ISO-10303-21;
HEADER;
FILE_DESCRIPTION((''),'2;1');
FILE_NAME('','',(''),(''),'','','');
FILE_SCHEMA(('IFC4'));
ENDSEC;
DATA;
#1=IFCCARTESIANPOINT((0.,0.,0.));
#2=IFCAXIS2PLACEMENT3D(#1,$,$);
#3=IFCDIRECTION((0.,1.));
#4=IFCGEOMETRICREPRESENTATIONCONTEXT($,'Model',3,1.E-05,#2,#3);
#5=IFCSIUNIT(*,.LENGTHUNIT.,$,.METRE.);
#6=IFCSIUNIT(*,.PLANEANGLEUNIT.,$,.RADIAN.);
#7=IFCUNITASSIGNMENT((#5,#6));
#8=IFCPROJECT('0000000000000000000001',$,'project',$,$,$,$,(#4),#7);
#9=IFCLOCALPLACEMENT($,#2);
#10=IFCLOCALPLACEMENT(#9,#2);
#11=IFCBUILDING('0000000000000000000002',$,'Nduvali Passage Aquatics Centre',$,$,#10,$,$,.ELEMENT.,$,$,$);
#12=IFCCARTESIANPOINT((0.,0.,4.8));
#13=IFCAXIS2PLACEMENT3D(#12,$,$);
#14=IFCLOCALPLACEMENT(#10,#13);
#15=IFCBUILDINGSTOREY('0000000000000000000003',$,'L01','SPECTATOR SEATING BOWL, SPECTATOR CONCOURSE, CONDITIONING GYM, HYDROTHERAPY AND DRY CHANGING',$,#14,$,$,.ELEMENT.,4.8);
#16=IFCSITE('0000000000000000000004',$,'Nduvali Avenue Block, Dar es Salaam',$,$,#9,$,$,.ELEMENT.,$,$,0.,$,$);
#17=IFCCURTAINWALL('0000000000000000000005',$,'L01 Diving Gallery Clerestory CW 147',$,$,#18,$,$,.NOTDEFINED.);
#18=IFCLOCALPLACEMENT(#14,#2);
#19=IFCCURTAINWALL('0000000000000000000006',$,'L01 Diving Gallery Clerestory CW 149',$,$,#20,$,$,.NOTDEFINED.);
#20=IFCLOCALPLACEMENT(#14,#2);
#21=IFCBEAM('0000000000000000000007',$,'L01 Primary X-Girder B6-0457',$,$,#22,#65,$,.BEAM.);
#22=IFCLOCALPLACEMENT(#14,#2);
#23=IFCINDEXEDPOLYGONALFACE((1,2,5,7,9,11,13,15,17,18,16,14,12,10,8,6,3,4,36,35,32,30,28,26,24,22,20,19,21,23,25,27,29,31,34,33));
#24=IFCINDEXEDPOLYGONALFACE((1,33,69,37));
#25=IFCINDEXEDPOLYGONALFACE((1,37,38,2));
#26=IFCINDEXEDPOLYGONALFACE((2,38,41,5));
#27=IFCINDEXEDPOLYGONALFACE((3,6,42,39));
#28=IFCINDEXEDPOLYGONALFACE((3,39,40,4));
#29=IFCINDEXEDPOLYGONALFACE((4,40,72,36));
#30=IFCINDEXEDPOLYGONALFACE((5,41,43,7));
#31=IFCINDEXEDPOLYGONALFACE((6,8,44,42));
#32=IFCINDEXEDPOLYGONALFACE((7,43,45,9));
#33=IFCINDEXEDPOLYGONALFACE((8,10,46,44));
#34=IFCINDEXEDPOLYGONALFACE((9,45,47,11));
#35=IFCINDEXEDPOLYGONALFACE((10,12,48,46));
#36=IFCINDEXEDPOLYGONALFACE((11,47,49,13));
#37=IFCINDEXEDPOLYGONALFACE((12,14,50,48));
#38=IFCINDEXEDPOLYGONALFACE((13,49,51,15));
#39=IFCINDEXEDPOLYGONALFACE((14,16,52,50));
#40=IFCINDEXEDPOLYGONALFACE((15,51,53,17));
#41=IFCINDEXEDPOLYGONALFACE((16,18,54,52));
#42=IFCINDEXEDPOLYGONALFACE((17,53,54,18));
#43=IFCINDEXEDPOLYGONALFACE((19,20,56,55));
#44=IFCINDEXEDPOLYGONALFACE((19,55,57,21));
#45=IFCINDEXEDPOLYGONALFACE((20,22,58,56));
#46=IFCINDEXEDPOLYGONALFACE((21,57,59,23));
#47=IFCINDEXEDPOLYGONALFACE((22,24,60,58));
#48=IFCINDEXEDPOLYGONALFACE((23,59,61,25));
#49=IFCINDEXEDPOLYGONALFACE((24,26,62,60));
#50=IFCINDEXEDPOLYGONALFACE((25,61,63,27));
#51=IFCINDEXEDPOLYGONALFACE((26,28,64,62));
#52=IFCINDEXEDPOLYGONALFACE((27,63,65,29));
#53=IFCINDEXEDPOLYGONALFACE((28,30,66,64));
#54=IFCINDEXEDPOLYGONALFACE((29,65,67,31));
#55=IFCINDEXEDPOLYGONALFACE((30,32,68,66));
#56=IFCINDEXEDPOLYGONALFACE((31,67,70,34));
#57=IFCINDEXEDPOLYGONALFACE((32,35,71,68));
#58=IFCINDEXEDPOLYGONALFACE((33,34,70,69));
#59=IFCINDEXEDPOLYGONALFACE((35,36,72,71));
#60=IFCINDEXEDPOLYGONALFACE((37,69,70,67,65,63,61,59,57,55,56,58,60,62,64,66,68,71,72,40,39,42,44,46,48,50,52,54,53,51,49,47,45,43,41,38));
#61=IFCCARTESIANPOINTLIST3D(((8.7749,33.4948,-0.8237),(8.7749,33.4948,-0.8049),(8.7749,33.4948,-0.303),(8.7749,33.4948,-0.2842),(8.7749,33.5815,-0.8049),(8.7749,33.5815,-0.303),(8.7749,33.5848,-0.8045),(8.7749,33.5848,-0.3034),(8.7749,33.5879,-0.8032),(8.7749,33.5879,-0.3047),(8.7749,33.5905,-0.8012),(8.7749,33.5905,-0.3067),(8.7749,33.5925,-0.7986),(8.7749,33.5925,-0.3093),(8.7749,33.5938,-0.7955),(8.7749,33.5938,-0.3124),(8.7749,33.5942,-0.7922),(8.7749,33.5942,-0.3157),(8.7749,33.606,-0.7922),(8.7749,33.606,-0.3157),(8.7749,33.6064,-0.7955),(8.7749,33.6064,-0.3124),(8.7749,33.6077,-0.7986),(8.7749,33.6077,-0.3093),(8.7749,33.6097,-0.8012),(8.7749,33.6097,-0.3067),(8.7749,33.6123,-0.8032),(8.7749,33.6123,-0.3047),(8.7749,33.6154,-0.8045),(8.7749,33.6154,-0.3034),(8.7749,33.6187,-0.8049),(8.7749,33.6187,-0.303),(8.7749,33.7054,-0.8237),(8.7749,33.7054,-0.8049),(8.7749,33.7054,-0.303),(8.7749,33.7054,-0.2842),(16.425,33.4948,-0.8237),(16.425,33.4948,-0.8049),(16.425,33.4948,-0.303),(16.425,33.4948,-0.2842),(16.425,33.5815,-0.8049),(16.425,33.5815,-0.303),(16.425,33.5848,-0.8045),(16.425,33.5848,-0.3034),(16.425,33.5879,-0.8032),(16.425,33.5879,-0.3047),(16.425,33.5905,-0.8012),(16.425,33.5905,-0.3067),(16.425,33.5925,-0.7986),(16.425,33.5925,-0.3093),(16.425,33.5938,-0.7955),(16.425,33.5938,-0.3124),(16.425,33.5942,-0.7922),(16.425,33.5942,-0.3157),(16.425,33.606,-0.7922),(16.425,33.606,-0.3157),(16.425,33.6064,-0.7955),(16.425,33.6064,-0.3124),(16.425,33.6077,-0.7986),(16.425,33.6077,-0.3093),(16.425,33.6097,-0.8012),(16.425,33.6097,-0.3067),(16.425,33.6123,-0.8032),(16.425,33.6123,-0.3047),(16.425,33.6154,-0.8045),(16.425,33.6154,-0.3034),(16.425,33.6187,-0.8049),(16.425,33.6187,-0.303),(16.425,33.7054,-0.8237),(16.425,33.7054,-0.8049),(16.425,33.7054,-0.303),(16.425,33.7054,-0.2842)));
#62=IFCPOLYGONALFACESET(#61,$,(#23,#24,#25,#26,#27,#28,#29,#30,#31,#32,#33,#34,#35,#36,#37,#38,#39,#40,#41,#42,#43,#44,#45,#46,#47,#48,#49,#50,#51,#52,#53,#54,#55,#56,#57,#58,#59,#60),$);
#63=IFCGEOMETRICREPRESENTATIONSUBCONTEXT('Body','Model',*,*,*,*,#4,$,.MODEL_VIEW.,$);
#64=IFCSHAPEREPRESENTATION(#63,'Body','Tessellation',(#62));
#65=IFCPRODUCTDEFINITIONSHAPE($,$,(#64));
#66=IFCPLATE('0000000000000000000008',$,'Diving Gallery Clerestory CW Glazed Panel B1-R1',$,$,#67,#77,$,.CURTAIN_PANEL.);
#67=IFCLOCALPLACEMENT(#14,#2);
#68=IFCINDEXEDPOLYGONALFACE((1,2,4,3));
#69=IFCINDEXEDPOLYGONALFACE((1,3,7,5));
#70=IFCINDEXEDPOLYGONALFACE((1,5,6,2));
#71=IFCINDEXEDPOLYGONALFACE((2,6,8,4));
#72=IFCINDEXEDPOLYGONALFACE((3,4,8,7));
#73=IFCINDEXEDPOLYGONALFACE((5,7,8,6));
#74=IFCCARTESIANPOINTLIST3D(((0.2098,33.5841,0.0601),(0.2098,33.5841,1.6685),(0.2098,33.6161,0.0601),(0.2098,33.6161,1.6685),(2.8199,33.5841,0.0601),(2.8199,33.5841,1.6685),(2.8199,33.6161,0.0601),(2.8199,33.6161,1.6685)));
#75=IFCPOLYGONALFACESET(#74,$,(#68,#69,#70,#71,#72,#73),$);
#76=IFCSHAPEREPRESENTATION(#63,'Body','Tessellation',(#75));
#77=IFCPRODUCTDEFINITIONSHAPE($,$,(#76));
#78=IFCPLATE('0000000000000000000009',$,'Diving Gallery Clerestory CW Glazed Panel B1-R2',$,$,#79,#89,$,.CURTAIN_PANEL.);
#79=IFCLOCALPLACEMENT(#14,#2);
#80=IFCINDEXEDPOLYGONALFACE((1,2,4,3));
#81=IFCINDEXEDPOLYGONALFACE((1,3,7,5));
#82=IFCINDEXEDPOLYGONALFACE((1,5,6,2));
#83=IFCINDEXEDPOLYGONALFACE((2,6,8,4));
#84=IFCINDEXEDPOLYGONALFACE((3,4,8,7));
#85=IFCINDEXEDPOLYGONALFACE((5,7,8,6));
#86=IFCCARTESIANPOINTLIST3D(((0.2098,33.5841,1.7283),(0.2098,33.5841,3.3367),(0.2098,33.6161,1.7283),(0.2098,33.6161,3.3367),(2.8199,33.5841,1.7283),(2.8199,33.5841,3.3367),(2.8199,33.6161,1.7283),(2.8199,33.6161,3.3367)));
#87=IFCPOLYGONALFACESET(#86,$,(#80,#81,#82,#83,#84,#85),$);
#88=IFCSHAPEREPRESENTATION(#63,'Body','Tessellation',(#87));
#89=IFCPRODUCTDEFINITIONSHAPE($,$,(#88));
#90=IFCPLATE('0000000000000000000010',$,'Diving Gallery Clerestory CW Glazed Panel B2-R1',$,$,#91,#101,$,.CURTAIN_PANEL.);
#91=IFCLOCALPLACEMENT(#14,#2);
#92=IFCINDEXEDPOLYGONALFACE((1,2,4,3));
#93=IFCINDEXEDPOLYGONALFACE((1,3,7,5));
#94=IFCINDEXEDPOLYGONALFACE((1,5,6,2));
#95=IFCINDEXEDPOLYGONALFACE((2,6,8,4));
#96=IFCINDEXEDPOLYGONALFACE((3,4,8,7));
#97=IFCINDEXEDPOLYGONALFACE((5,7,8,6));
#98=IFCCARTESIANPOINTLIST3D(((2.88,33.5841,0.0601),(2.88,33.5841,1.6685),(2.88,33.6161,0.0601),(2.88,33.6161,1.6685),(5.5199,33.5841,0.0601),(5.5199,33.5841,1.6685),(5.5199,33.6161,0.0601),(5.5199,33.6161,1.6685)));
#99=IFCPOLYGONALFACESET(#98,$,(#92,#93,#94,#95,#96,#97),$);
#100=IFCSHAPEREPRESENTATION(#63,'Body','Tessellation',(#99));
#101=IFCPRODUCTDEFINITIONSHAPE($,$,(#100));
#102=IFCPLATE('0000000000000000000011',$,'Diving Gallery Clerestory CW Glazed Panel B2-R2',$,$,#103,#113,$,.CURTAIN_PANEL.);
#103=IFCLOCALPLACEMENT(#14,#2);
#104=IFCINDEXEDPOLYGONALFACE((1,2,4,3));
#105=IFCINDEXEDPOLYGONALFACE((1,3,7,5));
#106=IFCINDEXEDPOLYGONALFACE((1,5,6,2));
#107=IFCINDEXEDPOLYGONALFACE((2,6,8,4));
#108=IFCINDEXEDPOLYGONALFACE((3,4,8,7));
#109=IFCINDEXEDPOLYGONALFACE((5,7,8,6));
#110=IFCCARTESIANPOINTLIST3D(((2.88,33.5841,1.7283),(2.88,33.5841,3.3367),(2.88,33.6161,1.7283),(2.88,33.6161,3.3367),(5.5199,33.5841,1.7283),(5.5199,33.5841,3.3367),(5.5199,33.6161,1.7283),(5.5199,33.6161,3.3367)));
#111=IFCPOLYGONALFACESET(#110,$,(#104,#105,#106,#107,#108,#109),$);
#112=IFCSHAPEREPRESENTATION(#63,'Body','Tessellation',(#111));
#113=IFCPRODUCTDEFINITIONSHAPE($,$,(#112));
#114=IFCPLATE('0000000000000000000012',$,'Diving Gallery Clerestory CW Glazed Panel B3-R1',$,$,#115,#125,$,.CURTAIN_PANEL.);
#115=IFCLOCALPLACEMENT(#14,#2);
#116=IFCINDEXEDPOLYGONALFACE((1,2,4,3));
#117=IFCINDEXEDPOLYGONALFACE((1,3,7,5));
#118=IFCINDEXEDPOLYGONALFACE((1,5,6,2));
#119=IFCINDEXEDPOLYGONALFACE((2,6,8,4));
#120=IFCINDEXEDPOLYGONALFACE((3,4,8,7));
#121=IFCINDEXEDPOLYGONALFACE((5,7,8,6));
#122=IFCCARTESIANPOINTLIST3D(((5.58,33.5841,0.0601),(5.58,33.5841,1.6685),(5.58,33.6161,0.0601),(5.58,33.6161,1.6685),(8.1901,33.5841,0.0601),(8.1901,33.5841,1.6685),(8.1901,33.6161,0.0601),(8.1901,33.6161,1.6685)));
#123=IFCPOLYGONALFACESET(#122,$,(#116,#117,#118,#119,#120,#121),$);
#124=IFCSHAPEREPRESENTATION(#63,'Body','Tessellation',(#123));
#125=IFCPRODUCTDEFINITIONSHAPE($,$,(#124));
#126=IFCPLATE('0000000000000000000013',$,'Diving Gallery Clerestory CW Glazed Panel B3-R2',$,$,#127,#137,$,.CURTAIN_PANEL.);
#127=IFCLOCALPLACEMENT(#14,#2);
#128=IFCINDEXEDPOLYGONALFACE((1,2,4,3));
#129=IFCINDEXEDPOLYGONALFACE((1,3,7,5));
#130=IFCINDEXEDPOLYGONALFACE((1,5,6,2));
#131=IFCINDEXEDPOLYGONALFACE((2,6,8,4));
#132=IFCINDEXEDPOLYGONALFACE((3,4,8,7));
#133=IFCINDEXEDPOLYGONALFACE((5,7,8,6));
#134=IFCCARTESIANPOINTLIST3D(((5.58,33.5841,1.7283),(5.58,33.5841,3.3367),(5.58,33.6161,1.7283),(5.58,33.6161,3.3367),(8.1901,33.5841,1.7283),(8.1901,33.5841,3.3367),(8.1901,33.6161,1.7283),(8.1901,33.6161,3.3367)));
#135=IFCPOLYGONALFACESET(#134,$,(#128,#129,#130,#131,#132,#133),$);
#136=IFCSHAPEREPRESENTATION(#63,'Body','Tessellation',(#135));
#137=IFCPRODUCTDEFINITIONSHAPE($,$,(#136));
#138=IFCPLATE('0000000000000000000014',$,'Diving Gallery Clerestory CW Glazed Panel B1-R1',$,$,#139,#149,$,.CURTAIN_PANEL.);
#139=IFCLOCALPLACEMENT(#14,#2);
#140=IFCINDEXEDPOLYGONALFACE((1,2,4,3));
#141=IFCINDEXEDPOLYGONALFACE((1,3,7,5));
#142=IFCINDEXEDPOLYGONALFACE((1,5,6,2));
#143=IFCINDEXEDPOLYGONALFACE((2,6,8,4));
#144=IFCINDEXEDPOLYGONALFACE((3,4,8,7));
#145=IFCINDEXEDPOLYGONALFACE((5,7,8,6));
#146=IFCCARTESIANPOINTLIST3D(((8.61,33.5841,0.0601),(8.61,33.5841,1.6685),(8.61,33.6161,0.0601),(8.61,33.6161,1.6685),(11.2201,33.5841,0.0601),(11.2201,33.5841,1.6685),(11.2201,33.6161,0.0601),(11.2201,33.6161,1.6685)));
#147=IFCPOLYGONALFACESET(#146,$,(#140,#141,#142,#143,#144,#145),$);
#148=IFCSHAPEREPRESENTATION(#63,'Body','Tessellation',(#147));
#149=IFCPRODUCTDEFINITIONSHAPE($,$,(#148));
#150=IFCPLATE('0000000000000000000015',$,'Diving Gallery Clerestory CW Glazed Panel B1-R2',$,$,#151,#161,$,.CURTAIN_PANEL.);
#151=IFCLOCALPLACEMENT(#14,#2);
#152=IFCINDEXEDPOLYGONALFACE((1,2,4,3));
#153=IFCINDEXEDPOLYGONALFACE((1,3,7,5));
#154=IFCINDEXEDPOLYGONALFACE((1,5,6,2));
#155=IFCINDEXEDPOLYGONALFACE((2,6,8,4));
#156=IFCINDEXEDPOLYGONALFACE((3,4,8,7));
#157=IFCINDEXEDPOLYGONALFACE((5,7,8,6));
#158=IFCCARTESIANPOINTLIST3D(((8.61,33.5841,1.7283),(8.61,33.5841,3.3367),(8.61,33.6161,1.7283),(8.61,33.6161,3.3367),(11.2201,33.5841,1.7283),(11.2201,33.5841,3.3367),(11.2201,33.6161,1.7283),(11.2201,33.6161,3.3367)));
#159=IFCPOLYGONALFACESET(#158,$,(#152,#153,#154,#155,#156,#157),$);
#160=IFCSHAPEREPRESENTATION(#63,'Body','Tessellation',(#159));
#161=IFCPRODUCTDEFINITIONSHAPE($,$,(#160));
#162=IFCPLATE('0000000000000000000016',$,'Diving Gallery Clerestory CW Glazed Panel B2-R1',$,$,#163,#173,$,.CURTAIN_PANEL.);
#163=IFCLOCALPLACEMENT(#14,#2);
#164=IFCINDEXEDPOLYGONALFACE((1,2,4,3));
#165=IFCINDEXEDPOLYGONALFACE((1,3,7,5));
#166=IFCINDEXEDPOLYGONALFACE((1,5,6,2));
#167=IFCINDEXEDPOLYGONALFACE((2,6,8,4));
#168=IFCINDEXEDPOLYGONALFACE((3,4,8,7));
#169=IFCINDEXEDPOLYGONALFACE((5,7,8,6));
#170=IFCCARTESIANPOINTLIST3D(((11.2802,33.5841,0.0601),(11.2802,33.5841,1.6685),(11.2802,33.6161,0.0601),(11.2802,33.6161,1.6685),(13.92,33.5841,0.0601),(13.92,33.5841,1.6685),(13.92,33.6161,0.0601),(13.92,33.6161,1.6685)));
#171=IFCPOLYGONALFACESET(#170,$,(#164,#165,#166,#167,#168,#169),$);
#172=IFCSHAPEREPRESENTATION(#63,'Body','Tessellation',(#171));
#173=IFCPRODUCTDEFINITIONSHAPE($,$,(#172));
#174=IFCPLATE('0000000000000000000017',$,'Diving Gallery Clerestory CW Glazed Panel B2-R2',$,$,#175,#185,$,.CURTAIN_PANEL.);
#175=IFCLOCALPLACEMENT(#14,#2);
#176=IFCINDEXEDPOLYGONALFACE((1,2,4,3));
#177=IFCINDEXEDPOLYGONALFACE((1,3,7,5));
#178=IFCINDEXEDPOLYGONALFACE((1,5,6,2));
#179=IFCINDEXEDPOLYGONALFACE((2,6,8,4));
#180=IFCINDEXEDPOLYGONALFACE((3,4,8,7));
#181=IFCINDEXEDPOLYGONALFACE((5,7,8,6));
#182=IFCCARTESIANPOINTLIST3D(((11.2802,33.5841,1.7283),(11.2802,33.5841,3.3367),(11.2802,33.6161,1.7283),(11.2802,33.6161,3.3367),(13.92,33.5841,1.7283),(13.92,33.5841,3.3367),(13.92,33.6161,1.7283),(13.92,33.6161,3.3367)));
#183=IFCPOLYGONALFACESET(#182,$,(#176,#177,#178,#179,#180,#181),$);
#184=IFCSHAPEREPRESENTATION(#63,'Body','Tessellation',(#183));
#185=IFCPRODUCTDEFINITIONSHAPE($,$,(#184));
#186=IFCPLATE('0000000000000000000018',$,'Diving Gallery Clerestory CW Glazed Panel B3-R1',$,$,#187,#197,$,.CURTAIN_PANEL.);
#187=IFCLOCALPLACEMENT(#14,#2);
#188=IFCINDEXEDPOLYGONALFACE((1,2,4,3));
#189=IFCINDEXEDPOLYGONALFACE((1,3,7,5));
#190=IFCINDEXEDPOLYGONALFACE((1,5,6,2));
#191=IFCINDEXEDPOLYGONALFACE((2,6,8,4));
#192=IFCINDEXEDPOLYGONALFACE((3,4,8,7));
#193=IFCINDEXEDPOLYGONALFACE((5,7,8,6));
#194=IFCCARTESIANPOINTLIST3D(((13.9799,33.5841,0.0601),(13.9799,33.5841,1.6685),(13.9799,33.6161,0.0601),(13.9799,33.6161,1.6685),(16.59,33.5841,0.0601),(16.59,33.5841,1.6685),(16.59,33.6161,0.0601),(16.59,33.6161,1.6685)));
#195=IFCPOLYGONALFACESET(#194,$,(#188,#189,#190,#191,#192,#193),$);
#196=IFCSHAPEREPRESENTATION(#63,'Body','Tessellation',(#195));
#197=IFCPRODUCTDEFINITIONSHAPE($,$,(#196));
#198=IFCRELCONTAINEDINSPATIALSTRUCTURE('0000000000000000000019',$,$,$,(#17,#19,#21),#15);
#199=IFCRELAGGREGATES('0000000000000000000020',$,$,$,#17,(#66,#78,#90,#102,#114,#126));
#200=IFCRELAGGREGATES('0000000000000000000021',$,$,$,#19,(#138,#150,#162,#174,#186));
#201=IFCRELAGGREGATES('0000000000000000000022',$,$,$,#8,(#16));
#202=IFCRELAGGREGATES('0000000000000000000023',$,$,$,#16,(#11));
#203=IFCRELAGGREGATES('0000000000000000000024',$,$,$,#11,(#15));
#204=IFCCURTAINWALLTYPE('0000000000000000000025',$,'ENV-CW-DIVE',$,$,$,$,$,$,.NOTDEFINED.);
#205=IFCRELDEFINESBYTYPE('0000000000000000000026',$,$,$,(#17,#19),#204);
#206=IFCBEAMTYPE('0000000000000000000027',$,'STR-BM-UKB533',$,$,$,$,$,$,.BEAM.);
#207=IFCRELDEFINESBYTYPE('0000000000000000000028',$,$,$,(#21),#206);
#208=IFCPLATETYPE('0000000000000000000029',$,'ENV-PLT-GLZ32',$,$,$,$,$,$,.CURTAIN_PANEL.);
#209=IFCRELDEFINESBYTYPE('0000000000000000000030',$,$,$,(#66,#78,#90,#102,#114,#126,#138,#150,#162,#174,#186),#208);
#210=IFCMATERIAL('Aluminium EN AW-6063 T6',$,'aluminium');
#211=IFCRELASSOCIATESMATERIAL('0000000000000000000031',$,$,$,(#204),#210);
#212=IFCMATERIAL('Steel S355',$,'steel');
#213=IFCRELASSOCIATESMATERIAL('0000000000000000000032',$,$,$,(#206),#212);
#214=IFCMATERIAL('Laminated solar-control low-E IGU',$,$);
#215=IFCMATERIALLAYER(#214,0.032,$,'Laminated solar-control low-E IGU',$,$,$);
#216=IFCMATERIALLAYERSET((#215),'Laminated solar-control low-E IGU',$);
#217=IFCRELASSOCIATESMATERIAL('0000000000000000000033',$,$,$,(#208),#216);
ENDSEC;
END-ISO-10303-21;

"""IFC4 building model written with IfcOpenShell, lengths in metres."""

from ifc_helpers import new_model, si_unit, direction, frame, origin, origin_2d, place, context, subcontext, project, spatial, rectangle, i_section, extrude, material, layer, layer_set, material_profile, profile_set, type_object, element, aggregate, save


model = new_model("IFC4")

# Units and contexts
model_context = context("Model", 3, precision=1e-05, world=origin(), true_north=direction((0.0, 1.0)))
body_context = subcontext(model_context, "Body", "Model", "MODEL_VIEW")
ifc_project = project(units=[si_unit("LENGTHUNIT", "METRE"), si_unit("PLANEANGLEUNIT", "RADIAN")], contexts=[model_context])

# Site, building, storey
site_placement = place(None, origin())
site = spatial("IfcSite", under=ifc_project, at=site_placement, Name="Nduvali Avenue Block, Dar es Salaam", CompositionType="ELEMENT", RefElevation=0.0)
building_placement = place(site_placement, origin())
building = spatial("IfcBuilding", under=site, at=building_placement, Name="Nduvali Passage Aquatics Centre", CompositionType="ELEMENT")
storey_placement = place(building_placement, frame((0.0, 0.0, 4.8)))
storey = spatial("IfcBuildingStorey", under=building, at=storey_placement, Name="L01", Description="SPECTATOR SEATING BOWL, SPECTATOR CONCOURSE, CONDITIONING GYM, HYDROTHERAPY AND DRY CHANGING", CompositionType="ELEMENT", Elevation=4.8)

# Shared definitions
ifc_material_1 = material(Name="Steel S355", Category="steel")

# Curtain walls
ifc_material_2 = material(Name="Aluminium EN AW-6063 T6", Category="aluminium")
curtain_wall_type = type_object("IfcCurtainWallType", Name="ENV-CW-DIVE", PredefinedType="NOTDEFINED", material=ifc_material_2)
curtain_wall_1_placement = place(storey_placement, origin())
curtain_wall_1 = element("IfcCurtainWall", 1, at=curtain_wall_1_placement, inside=storey, type_object=curtain_wall_type, Name="L01 Diving Gallery Clerestory CW 147", PredefinedType="NOTDEFINED")
curtain_wall_2_placement = place(storey_placement, origin())
curtain_wall_2 = element("IfcCurtainWall", 2, at=curtain_wall_2_placement, inside=storey, type_object=curtain_wall_type, Name="L01 Diving Gallery Clerestory CW 149", PredefinedType="NOTDEFINED")

# Beam
ifc_material_profile_1 = material_profile(ifc_material_1, i_section(OverallWidth=0.2107, OverallDepth=0.5396, WebThickness=0.0117, FlangeThickness=0.0188, FilletRadius=0.0127, at=origin_2d()), Name="UKB 533x210x109")
ifc_profile_set_1 = profile_set([ifc_material_profile_1], Name="Steel S355")
beam_type = type_object("IfcBeamType", Name="STR-BM-UKB533", PredefinedType="BEAM", material=ifc_profile_set_1)
beam_1_placement = place(storey_placement, frame((8.7749, 33.6001, -0.554), z_axis=(1.0, 0.0, 0.0), x_axis=(0.0, 1.0, 0.0)))
element("IfcBeam", 3, at=beam_1_placement, inside=storey, type_object=beam_type, Name="L01 Primary X-Girder B6-0457", PredefinedType="BEAM", context=body_context, shape_type="SweptSolid", body=[
    extrude(i_section(OverallWidth=0.2107, OverallDepth=0.5396, WebThickness=0.0117, FlangeThickness=0.0188, FilletRadius=0.0127, at=origin_2d()), origin(), (0.0, 0.0, 1.0), 7.6501),
])

# Plates
ifc_material_3 = material(Name="Laminated solar-control low-E IGU")
ifc_layer = layer(ifc_material_3, 0.032, Name="Laminated solar-control low-E IGU")
ifc_layer_set = layer_set([ifc_layer], Name="Laminated solar-control low-E IGU")
plate_type = type_object("IfcPlateType", Name="ENV-PLT-GLZ32", PredefinedType="CURTAIN_PANEL", material=ifc_layer_set)
plate_1_placement = place(storey_placement, frame((1.5149, 33.6001, 0.0601), z_axis=(0.0, 0.0, 1.0), x_axis=(1.0, 0.0, 0.0)))
plate_1 = element("IfcPlate", 4, at=plate_1_placement, type_object=plate_type, Name="Diving Gallery Clerestory CW Glazed Panel B1-R1", PredefinedType="CURTAIN_PANEL", context=body_context, shape_type="SweptSolid", body=[
    extrude(rectangle(XDim=2.6101, YDim=0.032, at=origin_2d()), origin(), (0.0, 0.0, 1.0), 1.6084),
])
plate_2_placement = place(storey_placement, frame((1.5149, 33.6001, 1.7283), z_axis=(0.0, 0.0, 1.0), x_axis=(1.0, 0.0, 0.0)))
plate_2 = element("IfcPlate", 5, at=plate_2_placement, type_object=plate_type, Name="Diving Gallery Clerestory CW Glazed Panel B1-R2", PredefinedType="CURTAIN_PANEL", context=body_context, shape_type="SweptSolid", body=[
    extrude(rectangle(XDim=2.6101, YDim=0.032, at=origin_2d()), origin(), (0.0, 0.0, 1.0), 1.6084),
])
plate_3_placement = place(storey_placement, frame((4.2, 33.6001, 0.0601), z_axis=(0.0, 0.0, 1.0), x_axis=(1.0, 0.0, 0.0)))
plate_3 = element("IfcPlate", 6, at=plate_3_placement, type_object=plate_type, Name="Diving Gallery Clerestory CW Glazed Panel B2-R1", PredefinedType="CURTAIN_PANEL", context=body_context, shape_type="SweptSolid", body=[
    extrude(rectangle(XDim=2.6399, YDim=0.032, at=origin_2d()), origin(), (0.0, 0.0, 1.0), 1.6084),
])
plate_4_placement = place(storey_placement, frame((4.2, 33.6001, 1.7283), z_axis=(0.0, 0.0, 1.0), x_axis=(1.0, 0.0, 0.0)))
plate_4 = element("IfcPlate", 7, at=plate_4_placement, type_object=plate_type, Name="Diving Gallery Clerestory CW Glazed Panel B2-R2", PredefinedType="CURTAIN_PANEL", context=body_context, shape_type="SweptSolid", body=[
    extrude(rectangle(XDim=2.6399, YDim=0.032, at=origin_2d()), origin(), (0.0, 0.0, 1.0), 1.6084),
])
plate_5_placement = place(storey_placement, frame((6.885, 33.6001, 0.0601), z_axis=(0.0, 0.0, 1.0), x_axis=(1.0, 0.0, 0.0)))
plate_5 = element("IfcPlate", 8, at=plate_5_placement, type_object=plate_type, Name="Diving Gallery Clerestory CW Glazed Panel B3-R1", PredefinedType="CURTAIN_PANEL", context=body_context, shape_type="SweptSolid", body=[
    extrude(rectangle(XDim=2.6101, YDim=0.032, at=origin_2d()), origin(), (0.0, 0.0, 1.0), 1.6084),
])
plate_6_placement = place(storey_placement, frame((6.885, 33.6001, 1.7283), z_axis=(0.0, 0.0, 1.0), x_axis=(1.0, 0.0, 0.0)))
plate_6 = element("IfcPlate", 9, at=plate_6_placement, type_object=plate_type, Name="Diving Gallery Clerestory CW Glazed Panel B3-R2", PredefinedType="CURTAIN_PANEL", context=body_context, shape_type="SweptSolid", body=[
    extrude(rectangle(XDim=2.6101, YDim=0.032, at=origin_2d()), origin(), (0.0, 0.0, 1.0), 1.6084),
])
aggregate(curtain_wall_1, [plate_1, plate_2, plate_3, plate_4, plate_5, plate_6])
plate_7_placement = place(storey_placement, frame((9.915, 33.6001, 0.0601), z_axis=(0.0, 0.0, 1.0), x_axis=(1.0, 0.0, 0.0)))
plate_7 = element("IfcPlate", 10, at=plate_7_placement, type_object=plate_type, Name="Diving Gallery Clerestory CW Glazed Panel B1-R1", PredefinedType="CURTAIN_PANEL", context=body_context, shape_type="SweptSolid", body=[
    extrude(rectangle(XDim=2.6101, YDim=0.032, at=origin_2d()), origin(), (0.0, 0.0, 1.0), 1.6084),
])
plate_8_placement = place(storey_placement, frame((9.915, 33.6001, 1.7283), z_axis=(0.0, 0.0, 1.0), x_axis=(1.0, 0.0, 0.0)))
plate_8 = element("IfcPlate", 11, at=plate_8_placement, type_object=plate_type, Name="Diving Gallery Clerestory CW Glazed Panel B1-R2", PredefinedType="CURTAIN_PANEL", context=body_context, shape_type="SweptSolid", body=[
    extrude(rectangle(XDim=2.6101, YDim=0.032, at=origin_2d()), origin(), (0.0, 0.0, 1.0), 1.6084),
])
plate_9_placement = place(storey_placement, frame((12.6001, 33.6001, 0.0601), z_axis=(0.0, 0.0, 1.0), x_axis=(1.0, 0.0, 0.0)))
plate_9 = element("IfcPlate", 12, at=plate_9_placement, type_object=plate_type, Name="Diving Gallery Clerestory CW Glazed Panel B2-R1", PredefinedType="CURTAIN_PANEL", context=body_context, shape_type="SweptSolid", body=[
    extrude(rectangle(XDim=2.6399, YDim=0.032, at=origin_2d()), origin(), (0.0, 0.0, 1.0), 1.6084),
])
plate_10_placement = place(storey_placement, frame((12.6001, 33.6001, 1.7283), z_axis=(0.0, 0.0, 1.0), x_axis=(1.0, 0.0, 0.0)))
plate_10 = element("IfcPlate", 13, at=plate_10_placement, type_object=plate_type, Name="Diving Gallery Clerestory CW Glazed Panel B2-R2", PredefinedType="CURTAIN_PANEL", context=body_context, shape_type="SweptSolid", body=[
    extrude(rectangle(XDim=2.6399, YDim=0.032, at=origin_2d()), origin(), (0.0, 0.0, 1.0), 1.6084),
])
plate_11_placement = place(storey_placement, frame((15.2849, 33.6001, 0.0601), z_axis=(0.0, 0.0, 1.0), x_axis=(1.0, 0.0, 0.0)))
plate_11 = element("IfcPlate", 14, at=plate_11_placement, type_object=plate_type, Name="Diving Gallery Clerestory CW Glazed Panel B3-R1", PredefinedType="CURTAIN_PANEL", context=body_context, shape_type="SweptSolid", body=[
    extrude(rectangle(XDim=2.6101, YDim=0.032, at=origin_2d()), origin(), (0.0, 0.0, 1.0), 1.6084),
])
aggregate(curtain_wall_2, [plate_7, plate_8, plate_9, plate_10, plate_11])

save(model, "model.ifc")
